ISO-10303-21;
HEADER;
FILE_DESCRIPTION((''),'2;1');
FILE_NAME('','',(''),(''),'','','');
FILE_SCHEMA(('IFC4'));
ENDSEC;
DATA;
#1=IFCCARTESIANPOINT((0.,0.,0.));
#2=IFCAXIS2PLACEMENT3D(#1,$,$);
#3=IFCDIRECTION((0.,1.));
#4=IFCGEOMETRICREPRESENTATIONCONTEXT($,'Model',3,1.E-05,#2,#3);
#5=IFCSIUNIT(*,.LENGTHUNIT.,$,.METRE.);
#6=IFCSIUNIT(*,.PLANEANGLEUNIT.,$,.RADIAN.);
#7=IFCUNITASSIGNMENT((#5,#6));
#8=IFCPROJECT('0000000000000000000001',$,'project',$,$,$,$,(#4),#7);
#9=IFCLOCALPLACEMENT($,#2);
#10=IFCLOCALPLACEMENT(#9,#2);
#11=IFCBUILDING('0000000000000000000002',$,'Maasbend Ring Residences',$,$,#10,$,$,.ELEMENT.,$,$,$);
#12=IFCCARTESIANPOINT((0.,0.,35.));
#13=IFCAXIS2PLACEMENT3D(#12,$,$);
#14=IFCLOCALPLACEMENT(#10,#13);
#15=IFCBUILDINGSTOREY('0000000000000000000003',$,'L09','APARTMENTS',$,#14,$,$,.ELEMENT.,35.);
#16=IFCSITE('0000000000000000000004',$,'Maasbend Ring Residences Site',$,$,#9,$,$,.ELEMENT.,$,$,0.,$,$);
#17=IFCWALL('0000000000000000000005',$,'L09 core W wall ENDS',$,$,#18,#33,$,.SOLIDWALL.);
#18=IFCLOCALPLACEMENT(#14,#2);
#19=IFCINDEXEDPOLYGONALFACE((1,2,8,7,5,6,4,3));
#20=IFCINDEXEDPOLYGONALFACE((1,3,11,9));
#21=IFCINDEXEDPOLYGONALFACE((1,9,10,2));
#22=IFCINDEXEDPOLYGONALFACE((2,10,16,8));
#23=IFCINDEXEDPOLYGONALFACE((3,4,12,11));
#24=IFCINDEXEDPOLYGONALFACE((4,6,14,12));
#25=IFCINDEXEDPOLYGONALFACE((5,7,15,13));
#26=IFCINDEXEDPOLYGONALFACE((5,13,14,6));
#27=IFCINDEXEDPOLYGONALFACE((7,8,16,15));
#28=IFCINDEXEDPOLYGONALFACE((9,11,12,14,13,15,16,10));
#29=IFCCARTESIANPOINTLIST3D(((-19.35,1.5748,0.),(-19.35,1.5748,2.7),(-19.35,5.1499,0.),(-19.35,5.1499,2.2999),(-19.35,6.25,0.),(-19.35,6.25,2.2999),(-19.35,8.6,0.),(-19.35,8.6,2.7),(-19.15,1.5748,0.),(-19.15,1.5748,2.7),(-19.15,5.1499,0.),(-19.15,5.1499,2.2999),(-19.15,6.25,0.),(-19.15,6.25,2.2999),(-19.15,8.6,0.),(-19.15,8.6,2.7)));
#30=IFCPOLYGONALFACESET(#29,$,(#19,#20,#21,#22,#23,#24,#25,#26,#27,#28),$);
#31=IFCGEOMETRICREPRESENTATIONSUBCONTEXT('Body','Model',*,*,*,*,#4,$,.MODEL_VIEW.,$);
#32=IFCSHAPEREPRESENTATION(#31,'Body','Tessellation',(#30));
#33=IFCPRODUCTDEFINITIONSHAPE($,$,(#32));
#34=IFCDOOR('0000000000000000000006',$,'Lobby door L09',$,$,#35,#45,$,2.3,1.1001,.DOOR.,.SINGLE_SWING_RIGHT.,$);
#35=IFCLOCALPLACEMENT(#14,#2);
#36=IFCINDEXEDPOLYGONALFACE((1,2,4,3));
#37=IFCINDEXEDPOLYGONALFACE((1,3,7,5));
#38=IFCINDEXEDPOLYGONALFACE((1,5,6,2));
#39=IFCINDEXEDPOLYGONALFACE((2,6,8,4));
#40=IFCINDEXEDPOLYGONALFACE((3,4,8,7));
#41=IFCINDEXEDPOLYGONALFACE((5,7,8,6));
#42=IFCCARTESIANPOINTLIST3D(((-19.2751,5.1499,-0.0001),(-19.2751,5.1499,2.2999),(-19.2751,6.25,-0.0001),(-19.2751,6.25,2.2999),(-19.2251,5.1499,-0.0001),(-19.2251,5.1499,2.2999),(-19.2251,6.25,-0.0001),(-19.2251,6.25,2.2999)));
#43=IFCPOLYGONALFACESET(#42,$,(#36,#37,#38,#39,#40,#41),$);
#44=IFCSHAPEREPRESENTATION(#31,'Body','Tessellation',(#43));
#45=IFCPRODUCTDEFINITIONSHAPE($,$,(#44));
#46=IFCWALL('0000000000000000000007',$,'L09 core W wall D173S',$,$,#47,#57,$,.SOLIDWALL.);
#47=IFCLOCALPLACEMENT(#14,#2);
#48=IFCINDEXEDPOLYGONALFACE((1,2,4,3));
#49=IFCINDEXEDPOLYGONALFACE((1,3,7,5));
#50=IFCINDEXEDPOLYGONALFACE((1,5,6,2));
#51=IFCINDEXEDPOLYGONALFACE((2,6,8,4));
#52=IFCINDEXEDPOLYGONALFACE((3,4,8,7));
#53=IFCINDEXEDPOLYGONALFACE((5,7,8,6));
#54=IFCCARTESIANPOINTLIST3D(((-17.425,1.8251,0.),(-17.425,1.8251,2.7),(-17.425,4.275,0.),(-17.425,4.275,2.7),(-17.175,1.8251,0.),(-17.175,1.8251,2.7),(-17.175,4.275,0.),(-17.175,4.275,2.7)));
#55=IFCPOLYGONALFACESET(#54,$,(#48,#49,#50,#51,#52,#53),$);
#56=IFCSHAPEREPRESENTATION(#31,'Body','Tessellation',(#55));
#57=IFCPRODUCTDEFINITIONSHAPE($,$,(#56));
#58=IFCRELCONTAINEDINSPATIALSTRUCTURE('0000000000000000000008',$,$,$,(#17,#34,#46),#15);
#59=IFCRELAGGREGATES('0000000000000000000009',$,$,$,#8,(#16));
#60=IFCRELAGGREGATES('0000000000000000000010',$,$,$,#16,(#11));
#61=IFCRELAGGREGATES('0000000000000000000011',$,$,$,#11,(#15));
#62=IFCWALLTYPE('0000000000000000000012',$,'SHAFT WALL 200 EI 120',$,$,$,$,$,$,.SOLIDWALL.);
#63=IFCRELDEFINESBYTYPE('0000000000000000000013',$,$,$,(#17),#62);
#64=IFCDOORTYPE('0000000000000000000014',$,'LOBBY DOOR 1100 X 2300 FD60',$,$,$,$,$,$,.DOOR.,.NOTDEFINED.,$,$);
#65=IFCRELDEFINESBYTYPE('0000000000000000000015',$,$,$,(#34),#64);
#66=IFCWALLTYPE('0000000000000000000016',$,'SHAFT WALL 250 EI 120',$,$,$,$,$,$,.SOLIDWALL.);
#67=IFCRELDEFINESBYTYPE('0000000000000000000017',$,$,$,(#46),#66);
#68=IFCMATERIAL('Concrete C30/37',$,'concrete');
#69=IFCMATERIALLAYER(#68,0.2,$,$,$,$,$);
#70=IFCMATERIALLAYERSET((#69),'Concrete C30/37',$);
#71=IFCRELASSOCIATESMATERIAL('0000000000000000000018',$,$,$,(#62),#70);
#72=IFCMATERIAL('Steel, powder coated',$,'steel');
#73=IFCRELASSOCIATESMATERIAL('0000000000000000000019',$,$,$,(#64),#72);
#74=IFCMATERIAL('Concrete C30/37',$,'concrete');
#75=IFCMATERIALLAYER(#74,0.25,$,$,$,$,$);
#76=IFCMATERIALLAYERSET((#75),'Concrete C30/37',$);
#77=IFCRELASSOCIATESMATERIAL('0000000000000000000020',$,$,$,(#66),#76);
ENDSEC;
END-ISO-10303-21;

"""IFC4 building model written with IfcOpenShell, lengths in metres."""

from ifc_helpers import new_model, si_unit, direction, frame, frame_2d, origin, place, context, subcontext, project, spatial, rectangle, extrude, material, layer, layer_set, type_object, element, fill, save


model = new_model("IFC4")

# Units and contexts
model_context = context("Model", 3, precision=1e-05, world=origin(), true_north=direction((0.0, 1.0)))
body_context = subcontext(model_context, "Body", "Model", "MODEL_VIEW")
ifc_project = project(units=[si_unit("LENGTHUNIT", "METRE"), si_unit("PLANEANGLEUNIT", "RADIAN")], contexts=[model_context])

# Site, building, storey
site_placement = place(None, origin())
site = spatial("IfcSite", under=ifc_project, at=site_placement, Name="Maasbend Ring Residences Site", CompositionType="ELEMENT", RefElevation=0.0)
building_placement = place(site_placement, origin())
building = spatial("IfcBuilding", under=site, at=building_placement, Name="Maasbend Ring Residences", CompositionType="ELEMENT")
storey_placement = place(building_placement, frame((0.0, 0.0, 35.0)))
storey = spatial("IfcBuildingStorey", under=building, at=storey_placement, Name="L09", Description="APARTMENTS", CompositionType="ELEMENT", Elevation=35.0)

# Wall, opening, door
ifc_material_1 = material(Name="Concrete C30/37", Category="concrete")
ifc_layer_1 = layer(ifc_material_1, 0.2)
ifc_layer_set_1 = layer_set([ifc_layer_1], Name="Concrete C30/37")
wall_type_1 = type_object("IfcWallType", Name="SHAFT WALL 200 EI 120", PredefinedType="SOLIDWALL", material=ifc_layer_set_1)
wall_1_placement = place(storey_placement, frame((-19.25, 8.6001, 0.0), z_axis=(0.0, 0.0, 1.0), x_axis=(0.0, -1.0, 0.0)))
wall_1 = element("IfcWall", 1, at=wall_1_placement, inside=storey, type_object=wall_type_1, Name="L09 core W wall ENDS", PredefinedType="SOLIDWALL", context=body_context, shape_type="SweptSolid", body=[
    extrude(rectangle(XDim=7.0251, YDim=0.2, at=frame_2d((3.5127, 0.0))), origin(), (0.0, 0.0, 1.0), 2.7),
])
opening_1_placement = place(wall_1_placement, frame((2.3501, 0.0, 0.0)))
opening_1 = element("IfcOpeningElement", 2, at=opening_1_placement, cuts=wall_1, PredefinedType="OPENING", context=body_context, shape_type="SweptSolid", body=[
    extrude(rectangle(XDim=1.1001, YDim=2.3, at=frame_2d((0.55, 1.1499))), frame((0.0, 0.1099, 0.0), z_axis=(0.0, -1.0, 0.0), x_axis=(1.0, 0.0, 0.0)), (0.0, 0.0, 1.0), 0.22),
])
ifc_material_2 = material(Name="Steel, powder coated", Category="steel")
door_type_1 = type_object("IfcDoorType", Name="LOBBY DOOR 1100 X 2300 FD60", OperationType="NOTDEFINED", PredefinedType="DOOR", material=ifc_material_2)
door_1_placement = place(opening_1_placement, origin())
door_1 = element("IfcDoor", 3, at=door_1_placement, inside=storey, type_object=door_type_1, Name="Lobby door L09", OperationType="SINGLE_SWING_RIGHT", OverallHeight=2.3, OverallWidth=1.1001, PredefinedType="DOOR", context=body_context, shape_type="SweptSolid", body=[
    extrude(rectangle(XDim=1.1001, YDim=2.3, at=frame_2d((0.55, 1.1499))), frame((0.0, 0.0249, 0.0), z_axis=(0.0, -1.0, 0.0), x_axis=(1.0, 0.0, 0.0)), (0.0, 0.0, 1.0), 0.05),
])
fill(opening_1, door_1)

# Wall
ifc_material_3 = material(Name="Concrete C30/37", Category="concrete")
ifc_layer_2 = layer(ifc_material_3, 0.25)
ifc_layer_set_2 = layer_set([ifc_layer_2], Name="Concrete C30/37")
wall_type_2 = type_object("IfcWallType", Name="SHAFT WALL 250 EI 120", PredefinedType="SOLIDWALL", material=ifc_layer_set_2)
wall_2_placement = place(storey_placement, frame((-17.3, 1.825, 0.0), z_axis=(0.0, 0.0, 1.0), x_axis=(0.0, 1.0, 0.0)))
element("IfcWall", 4, at=wall_2_placement, inside=storey, type_object=wall_type_2, Name="L09 core W wall D173S", PredefinedType="SOLIDWALL", context=body_context, shape_type="SweptSolid", body=[
    extrude(rectangle(XDim=2.45, YDim=0.25, at=frame_2d((1.2251, 0.0))), origin(), (0.0, 0.0, 1.0), 2.7),
])

save(model, "model.ifc")
